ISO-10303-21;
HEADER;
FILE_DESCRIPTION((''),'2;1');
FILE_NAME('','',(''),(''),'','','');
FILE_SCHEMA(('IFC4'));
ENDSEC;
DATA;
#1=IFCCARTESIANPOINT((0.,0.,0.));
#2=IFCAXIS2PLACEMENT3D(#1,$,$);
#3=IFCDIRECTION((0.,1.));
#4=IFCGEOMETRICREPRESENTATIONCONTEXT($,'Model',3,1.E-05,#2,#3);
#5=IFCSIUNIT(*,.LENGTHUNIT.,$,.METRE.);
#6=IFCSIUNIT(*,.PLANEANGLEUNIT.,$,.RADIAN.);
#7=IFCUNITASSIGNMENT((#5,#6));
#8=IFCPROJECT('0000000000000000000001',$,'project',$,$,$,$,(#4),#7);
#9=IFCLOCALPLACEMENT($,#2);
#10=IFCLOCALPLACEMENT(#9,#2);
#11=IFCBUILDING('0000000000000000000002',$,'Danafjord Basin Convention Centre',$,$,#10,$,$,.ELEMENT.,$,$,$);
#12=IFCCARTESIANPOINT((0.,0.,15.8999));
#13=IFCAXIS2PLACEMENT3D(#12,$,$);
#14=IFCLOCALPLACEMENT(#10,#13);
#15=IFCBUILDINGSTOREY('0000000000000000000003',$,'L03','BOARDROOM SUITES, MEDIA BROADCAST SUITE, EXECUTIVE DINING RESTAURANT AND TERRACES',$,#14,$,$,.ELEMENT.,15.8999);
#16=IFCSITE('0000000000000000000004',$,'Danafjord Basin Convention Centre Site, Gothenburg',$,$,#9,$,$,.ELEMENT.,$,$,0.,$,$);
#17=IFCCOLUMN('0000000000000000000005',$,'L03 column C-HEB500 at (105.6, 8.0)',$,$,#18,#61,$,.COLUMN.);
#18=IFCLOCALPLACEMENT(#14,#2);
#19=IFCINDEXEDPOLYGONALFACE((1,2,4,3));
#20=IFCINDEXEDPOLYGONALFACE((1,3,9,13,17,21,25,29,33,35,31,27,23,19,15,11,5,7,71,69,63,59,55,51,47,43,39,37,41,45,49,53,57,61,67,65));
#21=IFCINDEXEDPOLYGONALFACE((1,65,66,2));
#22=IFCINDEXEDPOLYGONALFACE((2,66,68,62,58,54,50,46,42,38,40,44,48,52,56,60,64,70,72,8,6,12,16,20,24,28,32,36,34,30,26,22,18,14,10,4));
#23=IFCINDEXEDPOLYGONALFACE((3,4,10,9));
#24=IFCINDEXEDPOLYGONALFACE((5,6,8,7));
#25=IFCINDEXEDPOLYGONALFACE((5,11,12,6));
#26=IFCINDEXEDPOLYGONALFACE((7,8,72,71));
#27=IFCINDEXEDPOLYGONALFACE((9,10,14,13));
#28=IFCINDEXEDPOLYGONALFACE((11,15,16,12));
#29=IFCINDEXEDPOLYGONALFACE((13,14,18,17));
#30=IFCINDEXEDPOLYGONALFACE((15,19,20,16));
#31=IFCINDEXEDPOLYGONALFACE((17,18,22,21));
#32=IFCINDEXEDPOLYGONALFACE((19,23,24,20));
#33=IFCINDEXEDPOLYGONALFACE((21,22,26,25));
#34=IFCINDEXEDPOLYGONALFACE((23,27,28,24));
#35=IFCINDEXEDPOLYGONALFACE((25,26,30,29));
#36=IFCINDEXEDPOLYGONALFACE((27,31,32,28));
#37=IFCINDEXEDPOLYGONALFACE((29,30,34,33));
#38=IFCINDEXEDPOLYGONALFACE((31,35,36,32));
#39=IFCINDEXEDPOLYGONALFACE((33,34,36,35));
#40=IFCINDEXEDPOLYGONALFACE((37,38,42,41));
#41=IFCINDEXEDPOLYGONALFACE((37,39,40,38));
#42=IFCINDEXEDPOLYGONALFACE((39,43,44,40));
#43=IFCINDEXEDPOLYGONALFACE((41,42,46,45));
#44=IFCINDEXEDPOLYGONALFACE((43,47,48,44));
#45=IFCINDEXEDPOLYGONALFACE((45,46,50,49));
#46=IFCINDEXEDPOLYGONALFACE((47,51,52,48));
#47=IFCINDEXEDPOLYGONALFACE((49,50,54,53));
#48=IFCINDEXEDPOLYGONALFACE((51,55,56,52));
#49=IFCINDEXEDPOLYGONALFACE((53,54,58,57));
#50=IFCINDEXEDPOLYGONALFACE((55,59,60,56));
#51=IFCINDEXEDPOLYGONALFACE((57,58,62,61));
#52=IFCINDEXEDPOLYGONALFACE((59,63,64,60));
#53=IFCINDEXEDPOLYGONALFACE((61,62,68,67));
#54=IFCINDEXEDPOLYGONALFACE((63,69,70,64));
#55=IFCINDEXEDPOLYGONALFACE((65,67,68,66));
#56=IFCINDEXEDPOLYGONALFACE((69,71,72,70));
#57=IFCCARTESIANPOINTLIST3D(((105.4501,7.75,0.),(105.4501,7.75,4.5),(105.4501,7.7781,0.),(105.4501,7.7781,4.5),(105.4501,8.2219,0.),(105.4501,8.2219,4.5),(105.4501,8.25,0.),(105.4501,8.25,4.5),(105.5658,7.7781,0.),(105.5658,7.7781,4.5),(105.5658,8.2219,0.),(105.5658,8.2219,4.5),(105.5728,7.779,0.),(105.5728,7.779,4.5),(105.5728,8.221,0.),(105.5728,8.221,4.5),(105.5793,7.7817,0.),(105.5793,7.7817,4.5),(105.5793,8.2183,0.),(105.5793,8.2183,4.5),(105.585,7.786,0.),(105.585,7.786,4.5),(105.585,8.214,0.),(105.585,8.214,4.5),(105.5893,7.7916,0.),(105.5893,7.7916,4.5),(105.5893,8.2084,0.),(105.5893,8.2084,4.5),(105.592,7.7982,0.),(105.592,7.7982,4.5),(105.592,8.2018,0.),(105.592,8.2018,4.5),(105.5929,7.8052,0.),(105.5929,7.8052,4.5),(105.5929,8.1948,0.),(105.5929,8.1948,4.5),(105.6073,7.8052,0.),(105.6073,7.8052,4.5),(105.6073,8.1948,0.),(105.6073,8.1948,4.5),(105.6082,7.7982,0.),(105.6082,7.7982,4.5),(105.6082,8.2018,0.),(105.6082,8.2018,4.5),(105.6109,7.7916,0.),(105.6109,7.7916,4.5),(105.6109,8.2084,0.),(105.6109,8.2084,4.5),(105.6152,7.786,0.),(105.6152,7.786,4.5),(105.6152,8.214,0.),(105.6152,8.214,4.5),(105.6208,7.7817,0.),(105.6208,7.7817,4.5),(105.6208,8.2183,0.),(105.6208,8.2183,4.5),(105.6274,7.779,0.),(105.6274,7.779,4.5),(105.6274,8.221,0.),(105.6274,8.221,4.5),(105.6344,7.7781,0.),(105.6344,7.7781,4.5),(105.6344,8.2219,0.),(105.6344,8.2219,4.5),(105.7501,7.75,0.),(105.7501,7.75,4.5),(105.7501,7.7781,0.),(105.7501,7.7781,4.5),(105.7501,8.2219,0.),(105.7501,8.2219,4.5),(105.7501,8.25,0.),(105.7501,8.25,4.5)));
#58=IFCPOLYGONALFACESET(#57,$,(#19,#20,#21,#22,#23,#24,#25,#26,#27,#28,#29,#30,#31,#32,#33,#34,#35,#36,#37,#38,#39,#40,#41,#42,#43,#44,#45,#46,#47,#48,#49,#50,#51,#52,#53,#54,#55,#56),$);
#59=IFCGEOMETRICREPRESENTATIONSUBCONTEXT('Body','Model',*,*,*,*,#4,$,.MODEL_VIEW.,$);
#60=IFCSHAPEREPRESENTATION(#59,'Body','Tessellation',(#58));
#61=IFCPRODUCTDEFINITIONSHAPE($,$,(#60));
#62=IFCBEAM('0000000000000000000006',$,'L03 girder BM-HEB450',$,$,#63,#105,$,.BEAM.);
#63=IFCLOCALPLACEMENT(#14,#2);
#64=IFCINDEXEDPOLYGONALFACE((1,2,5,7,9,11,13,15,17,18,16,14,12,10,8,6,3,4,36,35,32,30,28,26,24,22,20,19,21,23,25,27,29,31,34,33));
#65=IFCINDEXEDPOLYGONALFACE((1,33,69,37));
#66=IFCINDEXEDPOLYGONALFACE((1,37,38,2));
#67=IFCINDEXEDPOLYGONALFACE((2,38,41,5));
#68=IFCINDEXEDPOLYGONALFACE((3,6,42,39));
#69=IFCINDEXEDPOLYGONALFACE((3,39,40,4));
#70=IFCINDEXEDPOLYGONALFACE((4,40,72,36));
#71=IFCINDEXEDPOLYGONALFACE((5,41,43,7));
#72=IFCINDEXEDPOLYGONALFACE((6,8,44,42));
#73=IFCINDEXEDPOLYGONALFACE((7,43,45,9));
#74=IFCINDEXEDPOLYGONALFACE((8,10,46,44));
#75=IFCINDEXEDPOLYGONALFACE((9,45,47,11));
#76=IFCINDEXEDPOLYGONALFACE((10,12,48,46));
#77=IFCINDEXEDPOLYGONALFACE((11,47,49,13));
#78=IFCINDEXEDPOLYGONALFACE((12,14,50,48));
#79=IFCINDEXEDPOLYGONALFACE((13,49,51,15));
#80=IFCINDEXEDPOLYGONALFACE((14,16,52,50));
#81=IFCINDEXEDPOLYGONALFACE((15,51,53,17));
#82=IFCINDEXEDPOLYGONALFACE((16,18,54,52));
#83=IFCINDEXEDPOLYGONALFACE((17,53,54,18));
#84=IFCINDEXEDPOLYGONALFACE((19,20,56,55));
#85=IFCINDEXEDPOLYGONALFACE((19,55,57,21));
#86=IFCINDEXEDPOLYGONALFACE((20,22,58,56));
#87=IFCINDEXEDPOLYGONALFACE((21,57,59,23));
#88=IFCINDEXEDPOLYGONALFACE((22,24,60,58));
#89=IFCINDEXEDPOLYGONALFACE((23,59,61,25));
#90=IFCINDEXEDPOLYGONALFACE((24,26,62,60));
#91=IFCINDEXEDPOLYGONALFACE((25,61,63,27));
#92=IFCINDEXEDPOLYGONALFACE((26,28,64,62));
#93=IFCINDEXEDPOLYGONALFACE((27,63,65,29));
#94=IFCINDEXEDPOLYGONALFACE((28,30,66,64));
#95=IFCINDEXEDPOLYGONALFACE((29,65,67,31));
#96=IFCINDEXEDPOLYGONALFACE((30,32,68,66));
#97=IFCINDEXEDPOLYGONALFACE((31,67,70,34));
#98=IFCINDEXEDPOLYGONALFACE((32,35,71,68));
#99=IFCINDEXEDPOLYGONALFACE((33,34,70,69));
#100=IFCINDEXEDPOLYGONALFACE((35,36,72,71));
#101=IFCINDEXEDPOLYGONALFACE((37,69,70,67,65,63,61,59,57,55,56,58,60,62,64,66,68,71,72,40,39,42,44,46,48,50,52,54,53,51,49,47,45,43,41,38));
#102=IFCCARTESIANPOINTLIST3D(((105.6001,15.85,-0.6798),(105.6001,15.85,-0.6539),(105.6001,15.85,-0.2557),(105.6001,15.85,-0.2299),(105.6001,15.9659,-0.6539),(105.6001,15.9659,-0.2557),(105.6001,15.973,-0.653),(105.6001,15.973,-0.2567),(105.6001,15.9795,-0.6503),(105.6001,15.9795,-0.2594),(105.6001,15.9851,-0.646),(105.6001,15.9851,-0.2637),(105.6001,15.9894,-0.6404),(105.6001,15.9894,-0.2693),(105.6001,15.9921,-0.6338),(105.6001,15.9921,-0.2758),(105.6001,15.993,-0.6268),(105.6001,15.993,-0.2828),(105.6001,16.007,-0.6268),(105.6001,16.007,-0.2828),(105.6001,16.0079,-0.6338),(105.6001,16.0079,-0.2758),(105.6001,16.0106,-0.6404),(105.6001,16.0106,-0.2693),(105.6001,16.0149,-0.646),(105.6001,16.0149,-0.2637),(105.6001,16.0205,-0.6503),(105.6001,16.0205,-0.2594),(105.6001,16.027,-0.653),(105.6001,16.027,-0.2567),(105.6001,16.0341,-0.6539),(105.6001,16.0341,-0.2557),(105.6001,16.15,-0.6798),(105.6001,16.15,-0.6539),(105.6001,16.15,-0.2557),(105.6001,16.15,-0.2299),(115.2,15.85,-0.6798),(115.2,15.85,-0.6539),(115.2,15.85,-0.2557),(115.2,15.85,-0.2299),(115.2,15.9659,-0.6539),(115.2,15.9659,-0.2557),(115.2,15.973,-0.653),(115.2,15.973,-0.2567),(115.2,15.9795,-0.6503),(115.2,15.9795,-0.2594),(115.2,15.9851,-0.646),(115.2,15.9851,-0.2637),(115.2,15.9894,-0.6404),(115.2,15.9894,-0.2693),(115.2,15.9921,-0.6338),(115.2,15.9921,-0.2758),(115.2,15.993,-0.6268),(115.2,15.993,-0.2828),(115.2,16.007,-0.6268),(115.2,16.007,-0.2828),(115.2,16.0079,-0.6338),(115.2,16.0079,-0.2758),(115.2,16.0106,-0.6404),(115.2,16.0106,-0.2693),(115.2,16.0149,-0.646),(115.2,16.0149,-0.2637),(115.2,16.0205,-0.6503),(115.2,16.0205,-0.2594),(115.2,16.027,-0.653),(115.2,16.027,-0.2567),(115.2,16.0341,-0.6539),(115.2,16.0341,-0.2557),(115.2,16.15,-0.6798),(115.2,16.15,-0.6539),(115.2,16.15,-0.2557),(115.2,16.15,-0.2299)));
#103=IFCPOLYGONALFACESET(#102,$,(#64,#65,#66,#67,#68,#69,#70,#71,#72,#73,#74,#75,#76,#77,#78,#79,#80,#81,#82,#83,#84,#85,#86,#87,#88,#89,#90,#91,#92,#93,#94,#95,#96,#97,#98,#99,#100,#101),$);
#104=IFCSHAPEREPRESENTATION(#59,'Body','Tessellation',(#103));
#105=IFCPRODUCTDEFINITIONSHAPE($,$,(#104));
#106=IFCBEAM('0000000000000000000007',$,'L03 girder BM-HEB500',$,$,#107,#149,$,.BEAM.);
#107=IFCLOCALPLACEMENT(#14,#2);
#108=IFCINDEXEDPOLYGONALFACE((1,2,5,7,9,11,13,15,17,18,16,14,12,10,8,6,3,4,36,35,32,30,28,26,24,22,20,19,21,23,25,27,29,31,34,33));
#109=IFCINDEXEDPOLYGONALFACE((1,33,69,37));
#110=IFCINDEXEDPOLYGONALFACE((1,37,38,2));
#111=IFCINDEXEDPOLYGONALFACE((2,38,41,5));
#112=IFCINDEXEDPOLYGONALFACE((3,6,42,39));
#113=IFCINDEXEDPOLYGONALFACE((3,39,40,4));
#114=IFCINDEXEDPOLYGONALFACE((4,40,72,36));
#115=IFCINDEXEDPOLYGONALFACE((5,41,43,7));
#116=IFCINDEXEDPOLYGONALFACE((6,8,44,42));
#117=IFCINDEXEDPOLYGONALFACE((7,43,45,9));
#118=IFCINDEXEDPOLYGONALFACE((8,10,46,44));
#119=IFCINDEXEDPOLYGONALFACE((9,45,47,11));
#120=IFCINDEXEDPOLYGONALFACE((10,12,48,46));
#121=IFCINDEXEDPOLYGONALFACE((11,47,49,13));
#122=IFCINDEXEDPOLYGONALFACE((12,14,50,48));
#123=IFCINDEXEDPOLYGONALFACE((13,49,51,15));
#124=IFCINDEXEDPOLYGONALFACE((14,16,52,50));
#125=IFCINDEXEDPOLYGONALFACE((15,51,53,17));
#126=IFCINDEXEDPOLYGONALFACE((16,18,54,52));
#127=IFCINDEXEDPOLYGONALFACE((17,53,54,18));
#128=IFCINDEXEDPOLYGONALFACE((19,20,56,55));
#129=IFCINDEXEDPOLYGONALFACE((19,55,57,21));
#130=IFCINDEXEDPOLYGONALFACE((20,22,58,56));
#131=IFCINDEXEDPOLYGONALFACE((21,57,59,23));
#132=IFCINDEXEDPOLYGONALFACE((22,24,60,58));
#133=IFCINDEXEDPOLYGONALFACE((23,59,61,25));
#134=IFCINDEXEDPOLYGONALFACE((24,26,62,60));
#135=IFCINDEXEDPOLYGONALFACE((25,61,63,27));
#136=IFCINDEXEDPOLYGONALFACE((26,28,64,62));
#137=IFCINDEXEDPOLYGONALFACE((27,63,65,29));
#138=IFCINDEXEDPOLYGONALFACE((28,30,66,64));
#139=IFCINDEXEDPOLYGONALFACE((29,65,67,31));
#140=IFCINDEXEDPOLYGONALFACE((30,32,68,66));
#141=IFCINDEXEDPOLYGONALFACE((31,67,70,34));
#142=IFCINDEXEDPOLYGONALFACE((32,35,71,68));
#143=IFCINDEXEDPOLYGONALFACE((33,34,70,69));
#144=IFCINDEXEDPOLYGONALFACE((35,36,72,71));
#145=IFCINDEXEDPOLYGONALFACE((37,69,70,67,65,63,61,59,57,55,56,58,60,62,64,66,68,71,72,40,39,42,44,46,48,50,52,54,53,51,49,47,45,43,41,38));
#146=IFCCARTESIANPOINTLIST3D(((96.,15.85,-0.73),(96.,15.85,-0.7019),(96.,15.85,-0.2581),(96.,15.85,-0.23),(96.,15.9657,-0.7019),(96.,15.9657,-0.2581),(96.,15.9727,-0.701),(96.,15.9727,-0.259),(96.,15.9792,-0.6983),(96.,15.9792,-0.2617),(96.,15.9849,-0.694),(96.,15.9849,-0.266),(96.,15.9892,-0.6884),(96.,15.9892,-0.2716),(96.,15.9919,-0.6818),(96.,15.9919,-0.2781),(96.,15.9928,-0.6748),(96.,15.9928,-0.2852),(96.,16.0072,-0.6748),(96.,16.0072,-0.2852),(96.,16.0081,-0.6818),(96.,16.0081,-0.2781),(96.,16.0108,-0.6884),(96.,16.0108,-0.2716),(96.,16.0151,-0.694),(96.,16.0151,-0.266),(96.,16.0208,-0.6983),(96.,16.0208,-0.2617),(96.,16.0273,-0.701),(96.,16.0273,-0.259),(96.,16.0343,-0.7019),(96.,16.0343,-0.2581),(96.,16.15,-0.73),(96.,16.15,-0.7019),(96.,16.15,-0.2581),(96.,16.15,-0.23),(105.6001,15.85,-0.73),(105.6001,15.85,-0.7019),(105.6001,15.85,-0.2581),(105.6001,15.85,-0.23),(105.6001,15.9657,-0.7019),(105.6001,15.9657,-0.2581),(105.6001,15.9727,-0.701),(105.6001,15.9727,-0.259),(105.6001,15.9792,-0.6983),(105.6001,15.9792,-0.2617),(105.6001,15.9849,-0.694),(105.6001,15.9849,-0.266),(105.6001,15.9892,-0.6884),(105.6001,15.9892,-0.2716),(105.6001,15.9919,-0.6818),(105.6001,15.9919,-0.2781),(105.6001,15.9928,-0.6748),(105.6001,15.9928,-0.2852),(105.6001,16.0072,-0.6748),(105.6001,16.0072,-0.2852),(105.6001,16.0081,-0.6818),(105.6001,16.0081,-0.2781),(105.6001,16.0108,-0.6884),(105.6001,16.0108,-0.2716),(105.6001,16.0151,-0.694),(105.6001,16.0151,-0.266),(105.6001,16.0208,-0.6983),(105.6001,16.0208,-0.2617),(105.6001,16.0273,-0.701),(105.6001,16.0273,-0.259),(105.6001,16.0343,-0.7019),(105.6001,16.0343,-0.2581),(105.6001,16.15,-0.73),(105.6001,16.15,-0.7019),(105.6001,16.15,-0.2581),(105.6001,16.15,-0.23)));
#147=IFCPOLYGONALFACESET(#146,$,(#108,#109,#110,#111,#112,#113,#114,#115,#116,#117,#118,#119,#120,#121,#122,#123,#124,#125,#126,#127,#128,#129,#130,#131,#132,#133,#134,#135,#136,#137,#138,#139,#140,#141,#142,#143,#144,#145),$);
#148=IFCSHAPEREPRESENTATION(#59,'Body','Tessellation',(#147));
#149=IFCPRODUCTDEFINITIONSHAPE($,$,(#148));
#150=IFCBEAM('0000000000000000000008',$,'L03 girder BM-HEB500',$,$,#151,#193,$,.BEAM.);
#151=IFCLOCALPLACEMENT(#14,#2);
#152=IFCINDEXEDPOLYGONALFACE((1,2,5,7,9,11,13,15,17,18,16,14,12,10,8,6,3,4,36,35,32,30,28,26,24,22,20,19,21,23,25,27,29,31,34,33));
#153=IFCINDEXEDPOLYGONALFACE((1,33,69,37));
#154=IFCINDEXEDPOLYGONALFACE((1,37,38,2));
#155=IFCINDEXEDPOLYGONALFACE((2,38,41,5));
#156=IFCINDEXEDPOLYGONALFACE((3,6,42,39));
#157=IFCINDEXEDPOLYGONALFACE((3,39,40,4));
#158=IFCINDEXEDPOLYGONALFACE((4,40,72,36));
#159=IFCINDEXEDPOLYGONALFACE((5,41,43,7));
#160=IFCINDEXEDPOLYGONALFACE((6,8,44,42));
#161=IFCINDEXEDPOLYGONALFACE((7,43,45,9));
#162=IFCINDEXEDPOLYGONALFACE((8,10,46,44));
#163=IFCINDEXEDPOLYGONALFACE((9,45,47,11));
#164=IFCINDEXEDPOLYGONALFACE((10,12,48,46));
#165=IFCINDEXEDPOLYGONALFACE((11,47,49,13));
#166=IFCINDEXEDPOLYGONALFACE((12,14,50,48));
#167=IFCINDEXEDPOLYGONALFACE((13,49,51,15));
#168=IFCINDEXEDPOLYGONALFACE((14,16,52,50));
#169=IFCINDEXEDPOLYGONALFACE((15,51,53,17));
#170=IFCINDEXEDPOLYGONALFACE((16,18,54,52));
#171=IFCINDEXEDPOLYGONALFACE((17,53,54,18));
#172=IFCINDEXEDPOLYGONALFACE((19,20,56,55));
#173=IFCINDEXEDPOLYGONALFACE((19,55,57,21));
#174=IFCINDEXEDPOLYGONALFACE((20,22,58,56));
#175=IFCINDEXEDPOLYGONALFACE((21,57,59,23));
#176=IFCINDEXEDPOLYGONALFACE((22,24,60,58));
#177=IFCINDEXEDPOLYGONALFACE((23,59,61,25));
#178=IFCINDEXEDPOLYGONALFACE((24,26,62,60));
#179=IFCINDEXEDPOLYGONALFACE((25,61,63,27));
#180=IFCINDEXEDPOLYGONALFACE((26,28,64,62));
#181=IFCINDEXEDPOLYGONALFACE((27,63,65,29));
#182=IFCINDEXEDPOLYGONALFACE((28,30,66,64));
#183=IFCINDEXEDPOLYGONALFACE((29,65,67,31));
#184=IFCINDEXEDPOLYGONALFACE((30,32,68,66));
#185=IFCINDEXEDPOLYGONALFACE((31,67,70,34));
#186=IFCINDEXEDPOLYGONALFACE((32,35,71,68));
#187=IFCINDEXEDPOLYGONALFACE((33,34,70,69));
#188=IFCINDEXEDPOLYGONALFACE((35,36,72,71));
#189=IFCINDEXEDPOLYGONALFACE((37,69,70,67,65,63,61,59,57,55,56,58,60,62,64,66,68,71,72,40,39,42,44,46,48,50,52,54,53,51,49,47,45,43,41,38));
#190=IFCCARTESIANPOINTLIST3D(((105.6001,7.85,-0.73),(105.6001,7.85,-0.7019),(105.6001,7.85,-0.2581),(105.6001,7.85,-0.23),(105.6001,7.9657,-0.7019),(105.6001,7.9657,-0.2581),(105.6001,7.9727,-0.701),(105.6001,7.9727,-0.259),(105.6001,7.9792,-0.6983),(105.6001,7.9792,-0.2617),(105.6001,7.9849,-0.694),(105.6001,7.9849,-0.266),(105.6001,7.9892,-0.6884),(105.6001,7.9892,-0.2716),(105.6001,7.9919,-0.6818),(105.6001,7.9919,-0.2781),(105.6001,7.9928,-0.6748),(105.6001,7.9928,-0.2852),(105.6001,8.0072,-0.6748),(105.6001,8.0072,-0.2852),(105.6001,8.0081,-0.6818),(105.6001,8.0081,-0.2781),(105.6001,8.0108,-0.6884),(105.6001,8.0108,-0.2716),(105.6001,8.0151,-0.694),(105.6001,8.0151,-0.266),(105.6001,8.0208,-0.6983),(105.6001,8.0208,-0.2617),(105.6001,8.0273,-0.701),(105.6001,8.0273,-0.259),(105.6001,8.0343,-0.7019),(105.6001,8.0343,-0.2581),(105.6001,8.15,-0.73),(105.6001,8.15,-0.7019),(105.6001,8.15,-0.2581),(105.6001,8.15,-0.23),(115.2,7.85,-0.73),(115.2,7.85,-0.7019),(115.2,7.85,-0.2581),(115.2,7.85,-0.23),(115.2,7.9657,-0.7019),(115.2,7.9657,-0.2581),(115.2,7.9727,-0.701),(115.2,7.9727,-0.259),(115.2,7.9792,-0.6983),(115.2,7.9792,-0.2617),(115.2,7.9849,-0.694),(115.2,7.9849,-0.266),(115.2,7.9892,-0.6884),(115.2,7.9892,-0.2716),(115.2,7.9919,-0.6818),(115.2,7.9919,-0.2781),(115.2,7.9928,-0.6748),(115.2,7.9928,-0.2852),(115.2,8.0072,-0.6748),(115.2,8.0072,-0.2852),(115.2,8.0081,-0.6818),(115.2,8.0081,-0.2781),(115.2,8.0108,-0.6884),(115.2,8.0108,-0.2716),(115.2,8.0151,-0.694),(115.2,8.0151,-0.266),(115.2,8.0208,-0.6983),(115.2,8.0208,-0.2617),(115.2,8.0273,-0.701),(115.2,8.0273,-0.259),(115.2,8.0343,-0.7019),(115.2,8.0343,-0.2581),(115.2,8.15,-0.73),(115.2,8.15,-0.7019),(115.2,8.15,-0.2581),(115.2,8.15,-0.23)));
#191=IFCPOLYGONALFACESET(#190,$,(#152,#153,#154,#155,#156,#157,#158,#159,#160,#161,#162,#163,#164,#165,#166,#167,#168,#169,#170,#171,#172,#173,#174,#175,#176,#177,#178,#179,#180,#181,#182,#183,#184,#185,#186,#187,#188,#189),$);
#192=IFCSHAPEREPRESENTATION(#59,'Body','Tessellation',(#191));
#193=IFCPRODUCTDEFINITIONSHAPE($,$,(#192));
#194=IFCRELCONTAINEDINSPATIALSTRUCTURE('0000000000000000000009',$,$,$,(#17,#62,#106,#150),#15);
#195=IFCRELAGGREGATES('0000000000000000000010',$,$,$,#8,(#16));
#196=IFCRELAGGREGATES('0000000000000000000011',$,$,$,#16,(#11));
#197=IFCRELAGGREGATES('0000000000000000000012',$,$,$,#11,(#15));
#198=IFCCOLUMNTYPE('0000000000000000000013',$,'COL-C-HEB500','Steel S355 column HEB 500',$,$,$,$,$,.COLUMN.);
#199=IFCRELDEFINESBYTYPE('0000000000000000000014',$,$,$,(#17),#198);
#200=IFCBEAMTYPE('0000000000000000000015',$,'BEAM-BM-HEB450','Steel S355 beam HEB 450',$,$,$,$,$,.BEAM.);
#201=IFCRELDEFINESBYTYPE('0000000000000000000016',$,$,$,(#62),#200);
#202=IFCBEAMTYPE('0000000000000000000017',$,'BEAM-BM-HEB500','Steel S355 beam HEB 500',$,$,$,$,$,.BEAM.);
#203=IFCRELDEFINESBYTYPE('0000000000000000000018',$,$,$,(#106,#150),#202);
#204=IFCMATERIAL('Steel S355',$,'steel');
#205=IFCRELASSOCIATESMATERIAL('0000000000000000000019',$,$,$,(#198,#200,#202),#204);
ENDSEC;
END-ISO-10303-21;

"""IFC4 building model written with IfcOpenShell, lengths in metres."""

from ifc_helpers import new_model, si_unit, direction, frame, origin, origin_2d, place, context, subcontext, project, spatial, i_section, extrude, material, material_profile, profile_set, type_object, element, save


model = new_model("IFC4")

# Units and contexts
model_context = context("Model", 3, precision=1e-05, world=origin(), true_north=direction((0.0, 1.0)))
body_context = subcontext(model_context, "Body", "Model", "MODEL_VIEW")
ifc_project = project(units=[si_unit("LENGTHUNIT", "METRE"), si_unit("PLANEANGLEUNIT", "RADIAN")], contexts=[model_context])

# Site, building, storey
site_placement = place(None, origin())
site = spatial("IfcSite", under=ifc_project, at=site_placement, Name="Danafjord Basin Convention Centre Site, Gothenburg", CompositionType="ELEMENT", RefElevation=0.0)
building_placement = place(site_placement, origin())
building = spatial("IfcBuilding", under=site, at=building_placement, Name="Danafjord Basin Convention Centre", CompositionType="ELEMENT")
storey_placement = place(building_placement, frame((0.0, 0.0, 15.8999)))
storey = spatial("IfcBuildingStorey", under=building, at=storey_placement, Name="L03", Description="BOARDROOM SUITES, MEDIA BROADCAST SUITE, EXECUTIVE DINING RESTAURANT AND TERRACES", CompositionType="ELEMENT", Elevation=15.8999)

# Column
ifc_material_1 = material(Name="Steel S355", Category="steel")
ifc_material_profile_1 = material_profile(ifc_material_1, i_section(OverallWidth=0.3, OverallDepth=0.5, WebThickness=0.0144, FlangeThickness=0.0281, FilletRadius=0.0271, at=origin_2d()), Name="HEB 500")
ifc_profile_set_1 = profile_set([ifc_material_profile_1], Name="Steel S355")
column_type_1 = type_object("IfcColumnType", Name="COL-C-HEB500", Description="Steel S355 column HEB 500", PredefinedType="COLUMN", material=ifc_profile_set_1)
for number, where, z_axis, x_axis, name in (
    (1, (105.6001, 8.0, 0.0), (0.0, 0.0, 1.0), (1.0, 0.0, 0.0), "L03 column C-HEB500 at (105.6, 8.0)"),
):
    element("IfcColumn", number, at=place(storey_placement, frame(where, z_axis=z_axis, x_axis=x_axis)), inside=storey, type_object=column_type_1, Name=name, PredefinedType="COLUMN", context=body_context, shape_type="SweptSolid", body=[
        extrude(i_section(OverallWidth=0.3, OverallDepth=0.5, WebThickness=0.0144, FlangeThickness=0.0281, FilletRadius=0.0271, at=origin_2d()), origin(), (0.0, 0.0, 1.0), 4.5),
    ])

# Beams
ifc_material_profile_2 = material_profile(ifc_material_1, i_section(OverallWidth=0.3, OverallDepth=0.45, WebThickness=0.0139, FlangeThickness=0.0259, FilletRadius=0.0271, at=origin_2d()), Name="HEB 450")
ifc_profile_set_2 = profile_set([ifc_material_profile_2], Name="Steel S355")
beam_type_1 = type_object("IfcBeamType", Name="BEAM-BM-HEB450", Description="Steel S355 beam HEB 450", PredefinedType="BEAM", material=ifc_profile_set_2)
beam_1_placement = place(storey_placement, frame((105.6001, 16.0, -0.4548), z_axis=(1.0, 0.0, 0.0), x_axis=(0.0, 1.0, 0.0)))
element("IfcBeam", 2, at=beam_1_placement, inside=storey, type_object=beam_type_1, Name="L03 girder BM-HEB450", PredefinedType="BEAM", context=body_context, shape_type="SweptSolid", body=[
    extrude(i_section(OverallWidth=0.3, OverallDepth=0.45, WebThickness=0.0139, FlangeThickness=0.0259, FilletRadius=0.0271, at=origin_2d()), origin(), (0.0, 0.0, 1.0), 9.5999),
])
ifc_material_profile_3 = material_profile(ifc_material_1, i_section(OverallWidth=0.3, OverallDepth=0.5, WebThickness=0.0144, FlangeThickness=0.0281, FilletRadius=0.0271, at=origin_2d()), Name="HEB 500")
ifc_profile_set_3 = profile_set([ifc_material_profile_3], Name="Steel S355")
beam_type_2 = type_object("IfcBeamType", Name="BEAM-BM-HEB500", Description="Steel S355 beam HEB 500", PredefinedType="BEAM", material=ifc_profile_set_3)
beam_2_placement = place(storey_placement, frame((96.0, 16.0, -0.48), z_axis=(1.0, 0.0, 0.0), x_axis=(0.0, 1.0, 0.0)))
element("IfcBeam", 3, at=beam_2_placement, inside=storey, type_object=beam_type_2, Name="L03 girder BM-HEB500", PredefinedType="BEAM", context=body_context, shape_type="SweptSolid", body=[
    extrude(i_section(OverallWidth=0.3, OverallDepth=0.5, WebThickness=0.0144, FlangeThickness=0.0281, FilletRadius=0.0271, at=origin_2d()), origin(), (0.0, 0.0, 1.0), 9.6001),
])
beam_3_placement = place(storey_placement, frame((105.6001, 8.0, -0.48), z_axis=(1.0, 0.0, 0.0), x_axis=(0.0, 1.0, 0.0)))
element("IfcBeam", 4, at=beam_3_placement, inside=storey, type_object=beam_type_2, Name="L03 girder BM-HEB500", PredefinedType="BEAM", context=body_context, shape_type="SweptSolid", body=[
    extrude(i_section(OverallWidth=0.3, OverallDepth=0.5, WebThickness=0.0144, FlangeThickness=0.0281, FilletRadius=0.0271, at=origin_2d()), origin(), (0.0, 0.0, 1.0), 9.5999),
])

save(model, "model.ifc")
